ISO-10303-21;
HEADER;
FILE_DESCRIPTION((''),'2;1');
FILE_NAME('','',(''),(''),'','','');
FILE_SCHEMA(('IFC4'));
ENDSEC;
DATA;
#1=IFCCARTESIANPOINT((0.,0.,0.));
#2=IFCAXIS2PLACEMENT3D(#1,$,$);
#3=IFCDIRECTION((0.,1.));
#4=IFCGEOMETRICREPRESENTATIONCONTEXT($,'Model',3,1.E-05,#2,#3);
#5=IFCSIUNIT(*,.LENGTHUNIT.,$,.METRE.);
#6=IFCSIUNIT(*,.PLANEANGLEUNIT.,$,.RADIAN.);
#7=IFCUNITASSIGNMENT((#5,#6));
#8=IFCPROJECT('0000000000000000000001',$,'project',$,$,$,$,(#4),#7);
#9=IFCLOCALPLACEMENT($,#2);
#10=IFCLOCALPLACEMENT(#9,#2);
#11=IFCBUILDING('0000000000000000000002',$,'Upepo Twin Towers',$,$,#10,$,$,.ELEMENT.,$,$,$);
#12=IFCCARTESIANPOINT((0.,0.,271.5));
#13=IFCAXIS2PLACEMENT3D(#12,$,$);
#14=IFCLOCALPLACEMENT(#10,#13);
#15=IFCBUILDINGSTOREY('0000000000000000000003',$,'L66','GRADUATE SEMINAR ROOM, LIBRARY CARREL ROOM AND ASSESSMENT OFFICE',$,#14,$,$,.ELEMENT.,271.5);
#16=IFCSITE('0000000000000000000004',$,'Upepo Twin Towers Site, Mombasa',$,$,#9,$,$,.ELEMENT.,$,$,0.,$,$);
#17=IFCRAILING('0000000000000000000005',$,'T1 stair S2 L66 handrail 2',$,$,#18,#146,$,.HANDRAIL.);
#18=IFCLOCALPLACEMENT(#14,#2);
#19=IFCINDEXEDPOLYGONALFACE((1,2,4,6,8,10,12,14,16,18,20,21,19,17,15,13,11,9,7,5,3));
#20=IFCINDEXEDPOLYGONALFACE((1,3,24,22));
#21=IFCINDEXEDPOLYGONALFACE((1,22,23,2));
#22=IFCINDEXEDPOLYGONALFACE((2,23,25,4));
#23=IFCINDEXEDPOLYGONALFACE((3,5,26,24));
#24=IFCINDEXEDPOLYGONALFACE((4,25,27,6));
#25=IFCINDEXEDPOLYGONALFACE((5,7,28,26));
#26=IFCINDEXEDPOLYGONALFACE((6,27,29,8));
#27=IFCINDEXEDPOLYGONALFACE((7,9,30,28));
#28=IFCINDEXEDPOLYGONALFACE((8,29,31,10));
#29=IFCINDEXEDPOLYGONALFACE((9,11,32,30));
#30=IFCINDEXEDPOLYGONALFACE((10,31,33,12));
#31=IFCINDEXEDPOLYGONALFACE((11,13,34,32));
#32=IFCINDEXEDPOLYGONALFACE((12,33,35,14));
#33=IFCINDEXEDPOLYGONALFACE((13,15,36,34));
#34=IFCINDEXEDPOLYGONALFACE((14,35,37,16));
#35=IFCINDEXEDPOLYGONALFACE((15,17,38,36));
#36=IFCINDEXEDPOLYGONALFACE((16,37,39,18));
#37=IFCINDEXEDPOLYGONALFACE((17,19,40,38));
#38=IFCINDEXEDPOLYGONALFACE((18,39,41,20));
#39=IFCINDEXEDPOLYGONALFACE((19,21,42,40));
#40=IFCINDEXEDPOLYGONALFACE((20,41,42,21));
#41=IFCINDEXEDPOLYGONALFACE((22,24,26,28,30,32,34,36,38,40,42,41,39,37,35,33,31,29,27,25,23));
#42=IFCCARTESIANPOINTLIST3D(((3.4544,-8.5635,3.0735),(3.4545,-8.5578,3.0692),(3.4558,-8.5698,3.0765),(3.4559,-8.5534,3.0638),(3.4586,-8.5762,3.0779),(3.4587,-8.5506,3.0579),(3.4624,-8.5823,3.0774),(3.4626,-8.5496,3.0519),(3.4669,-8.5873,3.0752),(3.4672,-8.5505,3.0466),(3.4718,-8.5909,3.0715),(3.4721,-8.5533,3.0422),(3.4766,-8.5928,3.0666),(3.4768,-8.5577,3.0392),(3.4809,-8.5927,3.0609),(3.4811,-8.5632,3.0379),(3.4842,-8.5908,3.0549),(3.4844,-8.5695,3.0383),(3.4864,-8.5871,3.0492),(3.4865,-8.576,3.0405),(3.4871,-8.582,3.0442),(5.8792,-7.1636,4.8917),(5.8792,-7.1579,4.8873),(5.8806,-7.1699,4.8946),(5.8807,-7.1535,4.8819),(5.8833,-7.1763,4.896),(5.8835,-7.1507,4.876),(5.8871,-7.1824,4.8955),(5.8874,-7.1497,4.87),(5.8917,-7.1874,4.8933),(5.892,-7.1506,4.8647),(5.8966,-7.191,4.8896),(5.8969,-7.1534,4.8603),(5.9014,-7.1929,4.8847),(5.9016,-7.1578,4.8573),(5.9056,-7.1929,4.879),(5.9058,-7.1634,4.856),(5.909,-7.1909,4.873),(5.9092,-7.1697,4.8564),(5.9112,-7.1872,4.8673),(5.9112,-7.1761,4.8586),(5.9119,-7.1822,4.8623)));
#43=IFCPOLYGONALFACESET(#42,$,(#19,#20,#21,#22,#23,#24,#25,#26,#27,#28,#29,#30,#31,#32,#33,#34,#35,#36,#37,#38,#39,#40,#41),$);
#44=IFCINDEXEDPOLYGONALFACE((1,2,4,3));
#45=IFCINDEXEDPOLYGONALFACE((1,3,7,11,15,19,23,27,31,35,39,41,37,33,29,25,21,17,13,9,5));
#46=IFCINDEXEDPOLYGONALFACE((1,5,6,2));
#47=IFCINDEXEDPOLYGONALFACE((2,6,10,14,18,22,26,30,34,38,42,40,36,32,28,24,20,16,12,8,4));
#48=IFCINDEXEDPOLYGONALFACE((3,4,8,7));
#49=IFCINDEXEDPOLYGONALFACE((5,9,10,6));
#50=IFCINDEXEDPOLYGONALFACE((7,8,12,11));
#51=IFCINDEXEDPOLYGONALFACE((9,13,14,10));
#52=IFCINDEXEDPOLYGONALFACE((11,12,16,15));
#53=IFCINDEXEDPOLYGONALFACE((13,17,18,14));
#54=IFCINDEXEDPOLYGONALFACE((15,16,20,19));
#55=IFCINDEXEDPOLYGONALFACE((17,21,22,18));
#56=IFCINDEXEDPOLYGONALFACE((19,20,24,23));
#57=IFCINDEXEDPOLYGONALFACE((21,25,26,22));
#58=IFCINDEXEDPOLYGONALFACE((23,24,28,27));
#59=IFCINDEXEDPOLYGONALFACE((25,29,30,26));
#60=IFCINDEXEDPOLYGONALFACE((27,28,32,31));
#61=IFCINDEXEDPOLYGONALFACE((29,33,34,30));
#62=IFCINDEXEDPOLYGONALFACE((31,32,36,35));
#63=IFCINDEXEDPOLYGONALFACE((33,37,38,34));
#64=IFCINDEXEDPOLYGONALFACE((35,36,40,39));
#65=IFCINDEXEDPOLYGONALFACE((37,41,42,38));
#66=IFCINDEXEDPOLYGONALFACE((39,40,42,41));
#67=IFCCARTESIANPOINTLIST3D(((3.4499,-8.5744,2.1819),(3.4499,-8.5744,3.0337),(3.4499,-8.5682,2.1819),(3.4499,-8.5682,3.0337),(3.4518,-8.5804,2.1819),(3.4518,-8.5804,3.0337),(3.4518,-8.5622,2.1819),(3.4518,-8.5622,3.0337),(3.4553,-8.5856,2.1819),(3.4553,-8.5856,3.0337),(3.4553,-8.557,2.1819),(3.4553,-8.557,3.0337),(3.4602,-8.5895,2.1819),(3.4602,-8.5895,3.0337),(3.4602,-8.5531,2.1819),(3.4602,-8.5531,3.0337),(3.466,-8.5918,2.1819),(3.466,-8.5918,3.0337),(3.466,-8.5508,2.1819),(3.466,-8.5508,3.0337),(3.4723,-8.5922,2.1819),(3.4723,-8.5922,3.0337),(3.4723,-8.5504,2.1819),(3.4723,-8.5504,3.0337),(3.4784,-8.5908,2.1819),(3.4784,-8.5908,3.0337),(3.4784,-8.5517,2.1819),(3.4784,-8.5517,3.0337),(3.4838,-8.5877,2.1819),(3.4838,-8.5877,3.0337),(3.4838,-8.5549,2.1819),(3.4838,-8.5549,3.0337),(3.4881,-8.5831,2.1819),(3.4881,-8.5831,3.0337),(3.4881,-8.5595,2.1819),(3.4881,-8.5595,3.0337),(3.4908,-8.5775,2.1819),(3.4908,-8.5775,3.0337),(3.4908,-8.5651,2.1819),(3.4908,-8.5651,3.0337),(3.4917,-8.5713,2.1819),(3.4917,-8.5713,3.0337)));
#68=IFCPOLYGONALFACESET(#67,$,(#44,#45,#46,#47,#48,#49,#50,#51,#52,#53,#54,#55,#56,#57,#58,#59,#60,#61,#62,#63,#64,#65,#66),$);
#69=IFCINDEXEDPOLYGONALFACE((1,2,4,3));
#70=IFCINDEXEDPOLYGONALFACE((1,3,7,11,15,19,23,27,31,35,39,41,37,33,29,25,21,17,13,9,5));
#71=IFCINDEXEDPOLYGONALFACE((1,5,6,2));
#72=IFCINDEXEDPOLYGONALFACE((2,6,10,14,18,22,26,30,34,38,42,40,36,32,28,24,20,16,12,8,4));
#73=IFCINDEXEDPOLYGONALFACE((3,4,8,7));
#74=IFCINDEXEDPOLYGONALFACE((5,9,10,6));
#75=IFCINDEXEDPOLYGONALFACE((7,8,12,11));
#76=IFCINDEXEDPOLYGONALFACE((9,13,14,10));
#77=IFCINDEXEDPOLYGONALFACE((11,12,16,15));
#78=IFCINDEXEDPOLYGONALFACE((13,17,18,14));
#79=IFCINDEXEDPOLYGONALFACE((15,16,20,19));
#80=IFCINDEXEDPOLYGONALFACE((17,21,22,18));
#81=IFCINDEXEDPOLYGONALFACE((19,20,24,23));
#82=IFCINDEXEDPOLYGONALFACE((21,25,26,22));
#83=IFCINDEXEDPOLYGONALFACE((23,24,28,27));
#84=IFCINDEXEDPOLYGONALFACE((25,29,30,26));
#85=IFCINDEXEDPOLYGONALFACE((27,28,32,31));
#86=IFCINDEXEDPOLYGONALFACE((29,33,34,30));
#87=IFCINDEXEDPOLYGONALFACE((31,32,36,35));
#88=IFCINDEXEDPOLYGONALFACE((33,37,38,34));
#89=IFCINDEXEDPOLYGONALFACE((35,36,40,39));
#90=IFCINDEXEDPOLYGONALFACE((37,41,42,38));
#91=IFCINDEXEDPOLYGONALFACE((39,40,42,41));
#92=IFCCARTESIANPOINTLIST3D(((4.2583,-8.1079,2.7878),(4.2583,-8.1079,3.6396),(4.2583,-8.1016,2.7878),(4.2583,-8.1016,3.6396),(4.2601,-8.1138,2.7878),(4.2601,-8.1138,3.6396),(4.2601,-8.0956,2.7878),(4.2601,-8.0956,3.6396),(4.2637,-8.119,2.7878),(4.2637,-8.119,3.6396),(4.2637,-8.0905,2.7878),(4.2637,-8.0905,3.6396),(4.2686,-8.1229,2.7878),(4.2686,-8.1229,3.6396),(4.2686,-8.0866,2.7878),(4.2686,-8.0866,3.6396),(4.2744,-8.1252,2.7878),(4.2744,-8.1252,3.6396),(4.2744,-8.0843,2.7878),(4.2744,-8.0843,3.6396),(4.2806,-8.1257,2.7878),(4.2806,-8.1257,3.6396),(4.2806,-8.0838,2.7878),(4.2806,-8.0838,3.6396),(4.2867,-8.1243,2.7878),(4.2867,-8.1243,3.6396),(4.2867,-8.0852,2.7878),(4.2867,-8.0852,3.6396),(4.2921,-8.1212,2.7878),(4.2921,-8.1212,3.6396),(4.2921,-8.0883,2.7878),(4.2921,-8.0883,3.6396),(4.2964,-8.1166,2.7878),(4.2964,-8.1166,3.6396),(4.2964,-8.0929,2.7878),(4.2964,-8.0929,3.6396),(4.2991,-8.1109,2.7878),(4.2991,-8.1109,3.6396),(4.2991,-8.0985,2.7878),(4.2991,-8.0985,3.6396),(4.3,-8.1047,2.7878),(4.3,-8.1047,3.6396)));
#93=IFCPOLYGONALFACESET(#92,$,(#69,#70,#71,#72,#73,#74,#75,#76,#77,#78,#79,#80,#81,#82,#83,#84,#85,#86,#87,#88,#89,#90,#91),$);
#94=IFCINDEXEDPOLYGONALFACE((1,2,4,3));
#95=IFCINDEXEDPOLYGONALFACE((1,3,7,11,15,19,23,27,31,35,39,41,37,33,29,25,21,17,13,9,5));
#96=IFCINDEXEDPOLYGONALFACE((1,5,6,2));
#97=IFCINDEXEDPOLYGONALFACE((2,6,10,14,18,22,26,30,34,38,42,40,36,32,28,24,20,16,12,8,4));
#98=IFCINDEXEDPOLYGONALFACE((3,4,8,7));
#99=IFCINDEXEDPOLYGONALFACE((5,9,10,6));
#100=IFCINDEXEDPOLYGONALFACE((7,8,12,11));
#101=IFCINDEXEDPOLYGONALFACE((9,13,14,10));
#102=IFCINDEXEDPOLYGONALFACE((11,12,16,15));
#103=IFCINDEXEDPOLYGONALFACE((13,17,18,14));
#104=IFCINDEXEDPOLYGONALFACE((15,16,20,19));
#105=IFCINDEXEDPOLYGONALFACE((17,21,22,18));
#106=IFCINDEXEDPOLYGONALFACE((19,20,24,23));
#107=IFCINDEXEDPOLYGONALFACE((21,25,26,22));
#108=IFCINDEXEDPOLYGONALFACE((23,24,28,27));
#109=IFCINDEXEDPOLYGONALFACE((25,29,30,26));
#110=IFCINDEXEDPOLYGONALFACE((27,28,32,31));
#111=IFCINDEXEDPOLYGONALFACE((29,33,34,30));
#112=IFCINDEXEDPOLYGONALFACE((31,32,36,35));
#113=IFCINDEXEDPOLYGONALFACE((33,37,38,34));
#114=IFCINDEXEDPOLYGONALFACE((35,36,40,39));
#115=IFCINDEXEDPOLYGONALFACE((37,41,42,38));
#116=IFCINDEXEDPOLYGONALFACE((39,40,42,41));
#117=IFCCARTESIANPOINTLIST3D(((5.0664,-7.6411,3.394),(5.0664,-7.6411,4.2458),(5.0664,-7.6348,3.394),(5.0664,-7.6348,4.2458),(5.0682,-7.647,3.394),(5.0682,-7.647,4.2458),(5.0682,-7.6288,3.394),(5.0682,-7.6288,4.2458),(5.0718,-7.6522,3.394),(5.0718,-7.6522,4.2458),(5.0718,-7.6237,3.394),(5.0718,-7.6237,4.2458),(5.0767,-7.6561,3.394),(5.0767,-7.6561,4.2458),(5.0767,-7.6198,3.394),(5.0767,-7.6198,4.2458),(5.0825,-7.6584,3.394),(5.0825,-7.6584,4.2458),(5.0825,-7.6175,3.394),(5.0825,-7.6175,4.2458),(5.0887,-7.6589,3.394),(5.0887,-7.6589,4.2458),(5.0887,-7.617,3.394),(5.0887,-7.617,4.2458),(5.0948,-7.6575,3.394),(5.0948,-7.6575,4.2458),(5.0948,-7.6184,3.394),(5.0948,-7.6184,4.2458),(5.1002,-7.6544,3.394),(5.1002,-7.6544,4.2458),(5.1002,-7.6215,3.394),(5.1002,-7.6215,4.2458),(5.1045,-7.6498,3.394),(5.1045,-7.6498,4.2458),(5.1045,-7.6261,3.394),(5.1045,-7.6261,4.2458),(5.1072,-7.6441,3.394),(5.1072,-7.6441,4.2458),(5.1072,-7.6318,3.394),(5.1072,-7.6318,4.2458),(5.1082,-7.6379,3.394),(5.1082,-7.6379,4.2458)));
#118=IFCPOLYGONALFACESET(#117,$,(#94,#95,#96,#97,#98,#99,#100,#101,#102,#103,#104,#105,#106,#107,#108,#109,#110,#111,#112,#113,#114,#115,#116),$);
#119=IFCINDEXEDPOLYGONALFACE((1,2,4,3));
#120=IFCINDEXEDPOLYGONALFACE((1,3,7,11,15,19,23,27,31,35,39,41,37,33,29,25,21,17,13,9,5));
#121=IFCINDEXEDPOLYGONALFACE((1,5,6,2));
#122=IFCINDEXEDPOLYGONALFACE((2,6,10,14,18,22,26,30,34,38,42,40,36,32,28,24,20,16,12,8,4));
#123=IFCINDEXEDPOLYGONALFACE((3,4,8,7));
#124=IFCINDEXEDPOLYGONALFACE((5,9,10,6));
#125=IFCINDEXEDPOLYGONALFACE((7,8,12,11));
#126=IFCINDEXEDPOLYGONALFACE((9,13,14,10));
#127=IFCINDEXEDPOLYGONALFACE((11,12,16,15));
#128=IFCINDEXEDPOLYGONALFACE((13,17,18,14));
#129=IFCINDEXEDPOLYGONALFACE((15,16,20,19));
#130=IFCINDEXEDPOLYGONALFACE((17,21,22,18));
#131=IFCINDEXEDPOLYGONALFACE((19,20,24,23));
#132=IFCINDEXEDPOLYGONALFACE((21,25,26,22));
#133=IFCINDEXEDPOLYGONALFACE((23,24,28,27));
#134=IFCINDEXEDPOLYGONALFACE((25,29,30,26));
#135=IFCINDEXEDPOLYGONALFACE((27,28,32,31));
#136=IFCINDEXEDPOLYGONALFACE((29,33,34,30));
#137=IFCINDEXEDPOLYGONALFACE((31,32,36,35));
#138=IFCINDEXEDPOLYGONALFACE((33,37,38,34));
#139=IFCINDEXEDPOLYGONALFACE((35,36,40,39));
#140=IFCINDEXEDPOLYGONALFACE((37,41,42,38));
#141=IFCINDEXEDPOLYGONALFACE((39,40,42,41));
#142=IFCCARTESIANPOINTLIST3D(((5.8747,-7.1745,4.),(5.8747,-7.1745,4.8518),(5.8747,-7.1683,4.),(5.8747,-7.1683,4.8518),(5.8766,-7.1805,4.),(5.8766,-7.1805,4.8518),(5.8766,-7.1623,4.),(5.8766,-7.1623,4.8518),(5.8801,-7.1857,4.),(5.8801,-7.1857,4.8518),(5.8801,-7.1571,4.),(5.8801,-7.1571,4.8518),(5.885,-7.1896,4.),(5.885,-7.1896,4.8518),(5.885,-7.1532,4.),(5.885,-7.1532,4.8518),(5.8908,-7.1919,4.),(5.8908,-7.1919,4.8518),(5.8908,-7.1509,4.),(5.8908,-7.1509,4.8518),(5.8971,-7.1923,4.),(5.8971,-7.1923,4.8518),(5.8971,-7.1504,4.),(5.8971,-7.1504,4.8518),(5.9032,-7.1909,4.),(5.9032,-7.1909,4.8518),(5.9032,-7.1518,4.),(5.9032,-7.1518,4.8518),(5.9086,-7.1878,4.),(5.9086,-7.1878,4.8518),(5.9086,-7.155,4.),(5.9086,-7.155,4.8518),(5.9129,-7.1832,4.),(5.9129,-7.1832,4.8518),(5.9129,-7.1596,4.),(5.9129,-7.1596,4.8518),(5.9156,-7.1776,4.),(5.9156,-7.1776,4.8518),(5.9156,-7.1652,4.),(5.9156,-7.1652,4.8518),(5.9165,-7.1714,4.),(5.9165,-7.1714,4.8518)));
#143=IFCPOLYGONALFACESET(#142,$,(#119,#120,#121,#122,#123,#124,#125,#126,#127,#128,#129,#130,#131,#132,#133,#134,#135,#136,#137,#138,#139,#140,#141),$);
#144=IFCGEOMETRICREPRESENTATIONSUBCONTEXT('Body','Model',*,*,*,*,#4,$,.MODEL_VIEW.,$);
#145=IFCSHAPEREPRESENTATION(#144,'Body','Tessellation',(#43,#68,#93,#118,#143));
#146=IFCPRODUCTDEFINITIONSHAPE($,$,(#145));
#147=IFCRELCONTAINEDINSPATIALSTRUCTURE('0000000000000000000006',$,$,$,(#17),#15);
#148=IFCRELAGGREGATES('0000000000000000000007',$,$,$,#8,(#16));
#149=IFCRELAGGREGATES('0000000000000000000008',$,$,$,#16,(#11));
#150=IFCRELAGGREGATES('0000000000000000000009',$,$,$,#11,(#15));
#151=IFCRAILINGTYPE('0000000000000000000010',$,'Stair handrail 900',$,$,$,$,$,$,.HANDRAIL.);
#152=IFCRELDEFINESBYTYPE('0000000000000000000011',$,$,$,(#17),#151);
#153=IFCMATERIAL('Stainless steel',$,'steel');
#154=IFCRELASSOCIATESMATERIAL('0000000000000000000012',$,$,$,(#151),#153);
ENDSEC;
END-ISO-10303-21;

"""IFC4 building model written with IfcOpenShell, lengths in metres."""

from ifc_helpers import new_model, si_unit, direction, frame, origin, origin_2d, place, context, subcontext, project, spatial, circle, extrude, material, type_object, element, save


model = new_model("IFC4")

# Units and contexts
model_context = context("Model", 3, precision=1e-05, world=origin(), true_north=direction((0.0, 1.0)))
body_context = subcontext(model_context, "Body", "Model", "MODEL_VIEW")
ifc_project = project(units=[si_unit("LENGTHUNIT", "METRE"), si_unit("PLANEANGLEUNIT", "RADIAN")], contexts=[model_context])

# Site, building, storey
site_placement = place(None, origin())
site = spatial("IfcSite", under=ifc_project, at=site_placement, Name="Upepo Twin Towers Site, Mombasa", CompositionType="ELEMENT", RefElevation=0.0)
building_placement = place(site_placement, origin())
building = spatial("IfcBuilding", under=site, at=building_placement, Name="Upepo Twin Towers", CompositionType="ELEMENT")
storey_placement = place(building_placement, frame((0.0, 0.0, 271.5)))
storey = spatial("IfcBuildingStorey", under=building, at=storey_placement, Name="L66", Description="GRADUATE SEMINAR ROOM, LIBRARY CARREL ROOM AND ASSESSMENT OFFICE", CompositionType="ELEMENT", Elevation=271.5)

# Railing
ifc_material_1 = material(Name="Stainless steel", Category="steel")
railing_type = type_object("IfcRailingType", Name="Stair handrail 900", PredefinedType="HANDRAIL", material=ifc_material_1)
railing_1_placement = place(storey_placement, frame((3.4707, -8.5713, 2.1819)))
element("IfcRailing", 1, at=railing_1_placement, inside=storey, type_object=railing_type, Name="T1 stair S2 L66 handrail 2", PredefinedType="HANDRAIL", context=body_context, shape_type="SweptSolid", body=[
    extrude(circle(Radius=0.0239, at=origin_2d()), frame((0.0, 0.0, 0.876), z_axis=(0.726336, 0.419333, 0.544606), x_axis=(-0.499984, 0.866035, 0.0)), (0.0, 0.0, 1.0), 3.3384),
    extrude(circle(Radius=0.021, at=origin_2d()), origin(), (0.0, 0.0, 1.0), 0.8518),
    extrude(circle(Radius=0.021, at=origin_2d()), frame((0.8083, 0.4666, 0.606)), (0.0, 0.0, 1.0), 0.8518),
    extrude(circle(Radius=0.021, at=origin_2d()), frame((1.6165, 0.9333, 1.2122)), (0.0, 0.0, 1.0), 0.8518),
    extrude(circle(Radius=0.021, at=origin_2d()), frame((2.4248, 1.3999, 1.8181)), (0.0, 0.0, 1.0), 0.8518),
])

save(model, "model.ifc")
